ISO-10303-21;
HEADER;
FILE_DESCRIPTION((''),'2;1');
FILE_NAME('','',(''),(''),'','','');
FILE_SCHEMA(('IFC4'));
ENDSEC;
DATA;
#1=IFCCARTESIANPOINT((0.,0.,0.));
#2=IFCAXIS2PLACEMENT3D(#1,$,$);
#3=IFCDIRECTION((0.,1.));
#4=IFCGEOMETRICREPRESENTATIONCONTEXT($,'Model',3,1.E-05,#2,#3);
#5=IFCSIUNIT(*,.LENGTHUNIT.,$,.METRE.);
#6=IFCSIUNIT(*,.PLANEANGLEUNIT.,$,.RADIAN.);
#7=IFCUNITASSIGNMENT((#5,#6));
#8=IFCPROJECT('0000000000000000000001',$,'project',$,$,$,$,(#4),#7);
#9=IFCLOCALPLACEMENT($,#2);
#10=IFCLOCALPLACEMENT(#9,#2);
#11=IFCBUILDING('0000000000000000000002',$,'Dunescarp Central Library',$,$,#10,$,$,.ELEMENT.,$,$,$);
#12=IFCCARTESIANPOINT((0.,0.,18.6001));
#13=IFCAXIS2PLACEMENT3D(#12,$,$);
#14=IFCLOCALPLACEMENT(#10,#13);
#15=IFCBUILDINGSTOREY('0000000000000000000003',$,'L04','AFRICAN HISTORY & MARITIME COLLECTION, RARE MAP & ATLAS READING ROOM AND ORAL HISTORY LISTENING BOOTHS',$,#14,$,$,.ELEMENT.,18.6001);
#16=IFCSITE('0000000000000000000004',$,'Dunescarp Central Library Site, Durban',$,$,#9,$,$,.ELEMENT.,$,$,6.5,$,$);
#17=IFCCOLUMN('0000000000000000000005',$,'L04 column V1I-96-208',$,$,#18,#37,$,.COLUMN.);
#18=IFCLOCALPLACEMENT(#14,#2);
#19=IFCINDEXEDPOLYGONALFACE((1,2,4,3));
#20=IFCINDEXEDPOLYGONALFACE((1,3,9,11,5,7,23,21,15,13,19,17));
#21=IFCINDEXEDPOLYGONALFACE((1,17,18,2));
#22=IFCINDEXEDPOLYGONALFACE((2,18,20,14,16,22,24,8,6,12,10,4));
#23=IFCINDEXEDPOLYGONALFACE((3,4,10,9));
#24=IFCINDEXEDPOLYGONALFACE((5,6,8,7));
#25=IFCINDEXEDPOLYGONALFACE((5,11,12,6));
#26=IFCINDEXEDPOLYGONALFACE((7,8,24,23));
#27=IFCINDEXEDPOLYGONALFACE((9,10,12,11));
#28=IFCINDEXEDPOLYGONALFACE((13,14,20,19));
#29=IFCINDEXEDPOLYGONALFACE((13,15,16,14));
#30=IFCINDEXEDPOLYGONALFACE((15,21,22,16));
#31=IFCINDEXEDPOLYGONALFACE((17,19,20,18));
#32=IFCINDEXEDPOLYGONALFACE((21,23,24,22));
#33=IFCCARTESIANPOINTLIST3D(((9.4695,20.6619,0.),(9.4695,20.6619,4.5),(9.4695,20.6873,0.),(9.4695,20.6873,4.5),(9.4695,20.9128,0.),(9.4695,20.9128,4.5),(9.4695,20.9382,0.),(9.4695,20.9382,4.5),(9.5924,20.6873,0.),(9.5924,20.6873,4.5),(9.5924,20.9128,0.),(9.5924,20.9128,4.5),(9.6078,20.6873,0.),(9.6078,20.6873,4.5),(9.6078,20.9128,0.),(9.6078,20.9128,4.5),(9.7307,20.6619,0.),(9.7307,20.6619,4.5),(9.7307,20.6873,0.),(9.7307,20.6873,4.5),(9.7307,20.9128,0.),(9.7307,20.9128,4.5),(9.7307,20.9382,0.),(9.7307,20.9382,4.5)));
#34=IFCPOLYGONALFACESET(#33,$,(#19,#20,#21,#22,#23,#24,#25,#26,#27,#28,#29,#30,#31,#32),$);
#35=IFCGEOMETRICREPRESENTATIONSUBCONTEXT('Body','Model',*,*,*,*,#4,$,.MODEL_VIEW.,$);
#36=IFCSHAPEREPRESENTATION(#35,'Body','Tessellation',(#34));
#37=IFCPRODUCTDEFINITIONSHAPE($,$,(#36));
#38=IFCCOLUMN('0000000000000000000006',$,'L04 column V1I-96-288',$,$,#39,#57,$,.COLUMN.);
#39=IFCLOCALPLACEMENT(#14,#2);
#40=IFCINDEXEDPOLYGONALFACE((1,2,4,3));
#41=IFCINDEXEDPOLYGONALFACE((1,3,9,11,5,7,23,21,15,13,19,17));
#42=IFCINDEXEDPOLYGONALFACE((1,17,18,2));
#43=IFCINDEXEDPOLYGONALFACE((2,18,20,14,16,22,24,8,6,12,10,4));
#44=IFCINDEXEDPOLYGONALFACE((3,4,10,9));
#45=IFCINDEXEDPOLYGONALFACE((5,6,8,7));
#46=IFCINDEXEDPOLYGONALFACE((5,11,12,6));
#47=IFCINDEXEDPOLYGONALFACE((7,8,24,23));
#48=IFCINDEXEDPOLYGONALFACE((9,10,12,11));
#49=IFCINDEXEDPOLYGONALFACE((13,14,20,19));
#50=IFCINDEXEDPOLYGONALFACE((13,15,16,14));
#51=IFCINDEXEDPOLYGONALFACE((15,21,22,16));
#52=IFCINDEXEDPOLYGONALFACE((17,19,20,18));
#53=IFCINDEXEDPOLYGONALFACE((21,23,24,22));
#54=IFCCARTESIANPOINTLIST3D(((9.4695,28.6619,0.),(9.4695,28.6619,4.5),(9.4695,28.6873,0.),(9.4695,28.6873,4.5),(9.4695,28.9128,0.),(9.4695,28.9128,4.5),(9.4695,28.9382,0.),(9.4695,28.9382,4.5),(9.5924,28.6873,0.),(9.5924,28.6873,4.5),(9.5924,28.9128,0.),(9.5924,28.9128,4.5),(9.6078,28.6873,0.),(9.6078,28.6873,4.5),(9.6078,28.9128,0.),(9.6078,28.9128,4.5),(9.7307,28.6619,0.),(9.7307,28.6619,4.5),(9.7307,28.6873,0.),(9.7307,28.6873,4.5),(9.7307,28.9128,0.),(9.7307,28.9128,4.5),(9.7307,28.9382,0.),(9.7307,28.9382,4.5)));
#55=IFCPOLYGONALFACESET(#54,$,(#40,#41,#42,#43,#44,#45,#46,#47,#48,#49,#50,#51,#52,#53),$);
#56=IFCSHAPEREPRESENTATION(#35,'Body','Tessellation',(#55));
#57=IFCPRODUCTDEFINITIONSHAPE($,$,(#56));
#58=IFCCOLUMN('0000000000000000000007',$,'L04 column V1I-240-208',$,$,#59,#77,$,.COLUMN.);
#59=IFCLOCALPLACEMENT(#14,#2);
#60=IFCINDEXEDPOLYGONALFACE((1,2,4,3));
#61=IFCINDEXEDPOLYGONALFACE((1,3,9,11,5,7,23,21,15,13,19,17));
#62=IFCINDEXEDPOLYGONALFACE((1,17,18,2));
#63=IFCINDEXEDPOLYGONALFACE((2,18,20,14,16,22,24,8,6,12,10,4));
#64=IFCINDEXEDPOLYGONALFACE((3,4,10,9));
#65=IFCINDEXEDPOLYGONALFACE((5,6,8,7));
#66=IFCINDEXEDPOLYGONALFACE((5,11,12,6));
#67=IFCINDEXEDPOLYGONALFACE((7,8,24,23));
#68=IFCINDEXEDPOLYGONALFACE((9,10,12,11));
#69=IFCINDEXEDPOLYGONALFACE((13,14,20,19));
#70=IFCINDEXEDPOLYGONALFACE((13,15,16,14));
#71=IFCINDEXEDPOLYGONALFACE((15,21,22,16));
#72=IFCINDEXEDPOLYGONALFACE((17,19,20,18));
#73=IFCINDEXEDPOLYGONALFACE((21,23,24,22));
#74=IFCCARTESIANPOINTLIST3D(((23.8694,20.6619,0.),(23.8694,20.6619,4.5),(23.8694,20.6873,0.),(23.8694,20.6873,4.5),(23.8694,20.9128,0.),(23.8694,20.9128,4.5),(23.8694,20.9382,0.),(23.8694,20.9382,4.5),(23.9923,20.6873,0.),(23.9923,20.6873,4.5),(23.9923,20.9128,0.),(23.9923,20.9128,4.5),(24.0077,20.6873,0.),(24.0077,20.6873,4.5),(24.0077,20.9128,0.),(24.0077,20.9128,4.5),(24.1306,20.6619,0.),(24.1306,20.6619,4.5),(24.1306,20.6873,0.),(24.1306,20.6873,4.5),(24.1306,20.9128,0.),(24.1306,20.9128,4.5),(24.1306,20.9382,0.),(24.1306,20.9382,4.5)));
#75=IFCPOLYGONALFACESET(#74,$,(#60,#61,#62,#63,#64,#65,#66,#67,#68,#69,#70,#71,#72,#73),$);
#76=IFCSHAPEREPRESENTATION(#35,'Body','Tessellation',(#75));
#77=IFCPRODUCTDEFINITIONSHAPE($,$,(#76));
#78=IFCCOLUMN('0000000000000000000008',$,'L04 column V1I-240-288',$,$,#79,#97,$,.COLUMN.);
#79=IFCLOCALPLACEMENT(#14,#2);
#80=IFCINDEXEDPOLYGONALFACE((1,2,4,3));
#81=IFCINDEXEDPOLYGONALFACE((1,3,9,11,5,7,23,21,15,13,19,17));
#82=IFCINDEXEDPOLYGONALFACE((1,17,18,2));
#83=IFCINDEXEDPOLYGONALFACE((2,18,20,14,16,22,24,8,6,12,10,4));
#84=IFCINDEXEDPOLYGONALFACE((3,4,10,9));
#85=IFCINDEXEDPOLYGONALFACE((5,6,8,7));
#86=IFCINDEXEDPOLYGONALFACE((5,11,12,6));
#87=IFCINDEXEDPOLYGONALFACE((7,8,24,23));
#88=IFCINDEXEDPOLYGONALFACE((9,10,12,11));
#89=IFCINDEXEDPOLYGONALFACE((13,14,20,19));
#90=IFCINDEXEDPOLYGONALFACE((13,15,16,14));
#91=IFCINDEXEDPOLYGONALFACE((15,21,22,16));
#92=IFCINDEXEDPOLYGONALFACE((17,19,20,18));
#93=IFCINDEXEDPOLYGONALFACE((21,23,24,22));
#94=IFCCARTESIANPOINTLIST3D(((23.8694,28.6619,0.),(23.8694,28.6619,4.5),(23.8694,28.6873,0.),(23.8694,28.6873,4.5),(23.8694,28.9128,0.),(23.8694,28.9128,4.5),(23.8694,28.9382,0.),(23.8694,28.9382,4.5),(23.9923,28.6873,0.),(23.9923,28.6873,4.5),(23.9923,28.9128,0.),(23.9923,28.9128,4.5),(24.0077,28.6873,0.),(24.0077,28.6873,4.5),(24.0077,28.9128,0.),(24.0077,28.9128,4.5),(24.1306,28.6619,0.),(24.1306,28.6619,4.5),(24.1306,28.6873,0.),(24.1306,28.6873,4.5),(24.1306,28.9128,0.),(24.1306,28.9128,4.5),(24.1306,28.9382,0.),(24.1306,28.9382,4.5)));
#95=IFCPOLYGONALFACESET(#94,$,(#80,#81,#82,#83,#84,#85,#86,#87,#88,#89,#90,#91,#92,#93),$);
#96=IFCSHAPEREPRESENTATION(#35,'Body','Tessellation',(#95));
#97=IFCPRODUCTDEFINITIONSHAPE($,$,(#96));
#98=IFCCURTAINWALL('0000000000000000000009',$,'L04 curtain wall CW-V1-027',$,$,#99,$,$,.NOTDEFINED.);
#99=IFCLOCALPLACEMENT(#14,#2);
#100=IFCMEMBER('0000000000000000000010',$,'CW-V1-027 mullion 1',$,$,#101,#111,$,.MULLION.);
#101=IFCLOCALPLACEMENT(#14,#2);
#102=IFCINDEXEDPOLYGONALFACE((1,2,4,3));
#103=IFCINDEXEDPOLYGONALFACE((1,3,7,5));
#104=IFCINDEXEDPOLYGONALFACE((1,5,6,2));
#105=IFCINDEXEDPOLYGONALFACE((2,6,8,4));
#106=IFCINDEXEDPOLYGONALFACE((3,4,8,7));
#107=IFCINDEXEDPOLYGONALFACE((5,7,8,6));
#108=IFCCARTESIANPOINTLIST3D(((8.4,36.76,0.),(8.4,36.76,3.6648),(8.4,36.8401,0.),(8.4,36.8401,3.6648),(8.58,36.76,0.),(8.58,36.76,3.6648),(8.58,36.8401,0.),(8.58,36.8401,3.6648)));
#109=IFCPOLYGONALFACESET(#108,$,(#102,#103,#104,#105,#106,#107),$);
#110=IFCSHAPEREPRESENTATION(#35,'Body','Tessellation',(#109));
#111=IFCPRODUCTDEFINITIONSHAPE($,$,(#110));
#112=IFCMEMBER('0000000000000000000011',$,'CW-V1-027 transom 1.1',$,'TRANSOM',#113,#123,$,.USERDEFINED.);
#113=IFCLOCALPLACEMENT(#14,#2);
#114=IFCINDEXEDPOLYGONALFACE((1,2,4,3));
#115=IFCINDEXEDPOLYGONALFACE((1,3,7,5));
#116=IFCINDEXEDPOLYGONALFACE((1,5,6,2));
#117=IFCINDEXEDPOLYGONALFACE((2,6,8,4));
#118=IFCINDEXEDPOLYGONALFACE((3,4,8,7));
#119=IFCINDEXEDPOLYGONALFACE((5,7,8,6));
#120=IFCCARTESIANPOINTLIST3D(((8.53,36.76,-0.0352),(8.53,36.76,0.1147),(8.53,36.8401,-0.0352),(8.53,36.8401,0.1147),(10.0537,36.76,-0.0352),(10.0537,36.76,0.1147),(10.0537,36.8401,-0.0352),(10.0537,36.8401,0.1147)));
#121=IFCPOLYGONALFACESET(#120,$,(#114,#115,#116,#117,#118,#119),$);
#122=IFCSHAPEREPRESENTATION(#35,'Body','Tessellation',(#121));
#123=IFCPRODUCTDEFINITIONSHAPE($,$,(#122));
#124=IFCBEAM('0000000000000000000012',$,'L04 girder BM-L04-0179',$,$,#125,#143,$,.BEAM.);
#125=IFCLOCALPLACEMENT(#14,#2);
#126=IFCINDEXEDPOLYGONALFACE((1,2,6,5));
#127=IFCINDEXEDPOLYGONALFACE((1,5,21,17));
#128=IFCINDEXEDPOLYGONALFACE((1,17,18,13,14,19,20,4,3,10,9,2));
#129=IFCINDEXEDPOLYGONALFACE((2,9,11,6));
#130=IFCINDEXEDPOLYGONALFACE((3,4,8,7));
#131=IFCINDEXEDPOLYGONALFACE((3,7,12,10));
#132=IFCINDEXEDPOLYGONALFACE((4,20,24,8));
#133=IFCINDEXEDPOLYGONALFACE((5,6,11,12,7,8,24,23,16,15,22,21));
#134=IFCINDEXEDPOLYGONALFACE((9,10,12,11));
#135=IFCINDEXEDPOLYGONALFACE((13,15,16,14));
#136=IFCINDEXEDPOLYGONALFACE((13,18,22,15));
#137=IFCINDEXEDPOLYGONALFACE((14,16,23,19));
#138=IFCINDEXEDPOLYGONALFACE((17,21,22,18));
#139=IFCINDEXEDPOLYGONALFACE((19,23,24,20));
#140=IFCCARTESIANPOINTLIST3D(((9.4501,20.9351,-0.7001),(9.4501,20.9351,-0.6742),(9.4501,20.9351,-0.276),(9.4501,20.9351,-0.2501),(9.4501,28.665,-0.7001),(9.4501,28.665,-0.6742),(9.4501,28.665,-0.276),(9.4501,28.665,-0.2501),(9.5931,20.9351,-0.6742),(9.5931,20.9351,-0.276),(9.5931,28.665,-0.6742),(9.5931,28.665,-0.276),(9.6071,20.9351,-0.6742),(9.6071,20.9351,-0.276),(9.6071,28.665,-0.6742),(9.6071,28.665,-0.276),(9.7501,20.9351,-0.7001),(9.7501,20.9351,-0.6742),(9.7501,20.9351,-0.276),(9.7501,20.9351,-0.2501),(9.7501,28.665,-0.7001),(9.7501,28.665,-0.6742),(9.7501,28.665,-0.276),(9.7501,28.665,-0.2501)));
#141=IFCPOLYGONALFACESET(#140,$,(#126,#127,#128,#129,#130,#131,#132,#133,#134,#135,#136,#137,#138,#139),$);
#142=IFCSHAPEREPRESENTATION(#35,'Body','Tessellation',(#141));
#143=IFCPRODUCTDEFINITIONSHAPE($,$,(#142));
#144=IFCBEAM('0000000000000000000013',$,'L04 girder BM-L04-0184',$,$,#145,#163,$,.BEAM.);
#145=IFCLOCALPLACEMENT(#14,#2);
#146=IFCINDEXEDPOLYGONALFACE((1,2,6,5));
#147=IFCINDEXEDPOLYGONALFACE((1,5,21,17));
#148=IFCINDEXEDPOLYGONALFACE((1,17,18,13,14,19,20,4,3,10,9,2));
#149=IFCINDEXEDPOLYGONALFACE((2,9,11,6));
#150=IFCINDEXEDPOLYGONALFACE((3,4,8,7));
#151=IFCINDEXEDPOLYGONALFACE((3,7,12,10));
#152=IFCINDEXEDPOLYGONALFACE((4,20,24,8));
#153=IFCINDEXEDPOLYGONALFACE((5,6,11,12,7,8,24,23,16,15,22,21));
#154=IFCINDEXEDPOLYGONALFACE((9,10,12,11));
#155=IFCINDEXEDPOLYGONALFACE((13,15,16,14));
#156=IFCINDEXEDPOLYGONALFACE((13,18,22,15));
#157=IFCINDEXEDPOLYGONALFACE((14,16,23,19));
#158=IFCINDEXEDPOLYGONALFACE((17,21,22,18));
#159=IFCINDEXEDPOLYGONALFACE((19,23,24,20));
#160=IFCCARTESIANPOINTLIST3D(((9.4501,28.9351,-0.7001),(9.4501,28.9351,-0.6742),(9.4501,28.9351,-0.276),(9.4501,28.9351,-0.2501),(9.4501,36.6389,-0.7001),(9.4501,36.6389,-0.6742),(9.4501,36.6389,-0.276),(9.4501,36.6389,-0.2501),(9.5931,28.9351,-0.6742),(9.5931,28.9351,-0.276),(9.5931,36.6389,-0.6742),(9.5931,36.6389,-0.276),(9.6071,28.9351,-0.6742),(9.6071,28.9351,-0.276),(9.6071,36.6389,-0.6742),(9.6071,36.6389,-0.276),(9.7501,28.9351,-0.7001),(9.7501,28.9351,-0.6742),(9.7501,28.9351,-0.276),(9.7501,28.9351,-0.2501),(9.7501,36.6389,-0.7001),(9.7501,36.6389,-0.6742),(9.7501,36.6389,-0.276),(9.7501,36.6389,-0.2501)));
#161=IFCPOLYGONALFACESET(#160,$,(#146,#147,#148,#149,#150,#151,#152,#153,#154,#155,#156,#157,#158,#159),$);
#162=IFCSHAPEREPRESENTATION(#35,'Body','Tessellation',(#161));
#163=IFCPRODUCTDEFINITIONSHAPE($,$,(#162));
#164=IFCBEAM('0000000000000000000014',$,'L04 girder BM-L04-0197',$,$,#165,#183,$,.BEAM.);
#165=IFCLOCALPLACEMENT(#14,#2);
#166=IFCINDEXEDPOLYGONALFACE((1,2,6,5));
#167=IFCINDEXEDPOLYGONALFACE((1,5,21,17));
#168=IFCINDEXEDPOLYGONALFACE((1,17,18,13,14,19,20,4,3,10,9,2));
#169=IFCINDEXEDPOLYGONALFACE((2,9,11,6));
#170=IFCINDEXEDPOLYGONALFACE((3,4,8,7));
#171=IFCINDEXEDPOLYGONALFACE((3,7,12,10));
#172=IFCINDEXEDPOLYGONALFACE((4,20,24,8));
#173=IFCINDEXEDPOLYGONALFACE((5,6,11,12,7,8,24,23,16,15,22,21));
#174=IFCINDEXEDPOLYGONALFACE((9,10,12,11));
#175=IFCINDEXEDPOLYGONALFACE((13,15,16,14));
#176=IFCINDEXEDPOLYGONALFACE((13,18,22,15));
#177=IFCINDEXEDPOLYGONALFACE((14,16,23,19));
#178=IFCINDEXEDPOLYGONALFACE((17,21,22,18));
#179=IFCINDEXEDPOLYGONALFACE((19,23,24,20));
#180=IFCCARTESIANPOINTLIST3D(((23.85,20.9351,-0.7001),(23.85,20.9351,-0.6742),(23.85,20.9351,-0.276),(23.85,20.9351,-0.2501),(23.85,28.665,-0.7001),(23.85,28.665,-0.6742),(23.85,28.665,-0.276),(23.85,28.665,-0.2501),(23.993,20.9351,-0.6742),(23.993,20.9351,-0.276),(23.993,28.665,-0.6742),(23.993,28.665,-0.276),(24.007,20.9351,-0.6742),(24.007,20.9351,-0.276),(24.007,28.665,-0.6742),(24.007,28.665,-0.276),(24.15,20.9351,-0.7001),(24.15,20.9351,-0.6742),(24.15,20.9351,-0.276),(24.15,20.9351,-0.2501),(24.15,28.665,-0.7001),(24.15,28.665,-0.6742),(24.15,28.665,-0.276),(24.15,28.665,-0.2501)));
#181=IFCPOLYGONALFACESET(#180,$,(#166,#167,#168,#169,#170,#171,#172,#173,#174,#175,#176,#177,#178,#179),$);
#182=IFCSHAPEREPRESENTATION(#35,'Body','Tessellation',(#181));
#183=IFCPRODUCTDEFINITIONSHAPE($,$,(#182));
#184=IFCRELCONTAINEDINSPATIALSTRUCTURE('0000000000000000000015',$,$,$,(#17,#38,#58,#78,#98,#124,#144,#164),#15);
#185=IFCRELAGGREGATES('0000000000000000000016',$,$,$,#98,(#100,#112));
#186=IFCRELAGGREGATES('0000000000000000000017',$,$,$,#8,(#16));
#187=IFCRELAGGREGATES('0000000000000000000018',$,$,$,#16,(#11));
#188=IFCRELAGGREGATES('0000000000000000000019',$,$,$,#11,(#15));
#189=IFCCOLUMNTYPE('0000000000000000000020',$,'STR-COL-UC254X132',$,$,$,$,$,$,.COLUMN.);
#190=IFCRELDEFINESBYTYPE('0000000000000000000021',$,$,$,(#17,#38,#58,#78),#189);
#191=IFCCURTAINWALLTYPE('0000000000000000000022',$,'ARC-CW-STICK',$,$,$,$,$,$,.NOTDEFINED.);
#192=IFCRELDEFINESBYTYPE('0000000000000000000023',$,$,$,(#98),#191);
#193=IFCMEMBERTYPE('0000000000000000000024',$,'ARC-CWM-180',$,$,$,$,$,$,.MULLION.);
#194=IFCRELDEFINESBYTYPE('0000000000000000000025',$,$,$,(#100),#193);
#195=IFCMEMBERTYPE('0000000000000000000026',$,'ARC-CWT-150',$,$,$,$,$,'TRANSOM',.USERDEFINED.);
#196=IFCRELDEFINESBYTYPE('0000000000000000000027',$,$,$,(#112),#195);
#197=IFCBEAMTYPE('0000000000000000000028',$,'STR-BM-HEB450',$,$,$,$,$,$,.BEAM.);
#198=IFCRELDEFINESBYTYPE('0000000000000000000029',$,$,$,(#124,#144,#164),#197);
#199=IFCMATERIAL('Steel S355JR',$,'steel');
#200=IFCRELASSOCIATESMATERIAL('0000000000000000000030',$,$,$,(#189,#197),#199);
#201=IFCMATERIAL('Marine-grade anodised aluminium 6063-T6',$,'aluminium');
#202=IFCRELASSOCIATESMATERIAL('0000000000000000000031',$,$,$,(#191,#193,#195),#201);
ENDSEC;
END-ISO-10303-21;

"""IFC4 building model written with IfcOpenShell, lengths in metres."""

from ifc_helpers import new_model, si_unit, direction, frame, origin, origin_2d, place, context, subcontext, project, spatial, rectangle, i_section, extrude, material, material_profile, profile_set, type_object, element, aggregate, save


model = new_model("IFC4")

# Units and contexts
model_context = context("Model", 3, precision=1e-05, world=origin(), true_north=direction((0.0, 1.0)))
body_context = subcontext(model_context, "Body", "Model", "MODEL_VIEW")
ifc_project = project(units=[si_unit("LENGTHUNIT", "METRE"), si_unit("PLANEANGLEUNIT", "RADIAN")], contexts=[model_context])

# Site, building, storey
site_placement = place(None, origin())
site = spatial("IfcSite", under=ifc_project, at=site_placement, Name="Dunescarp Central Library Site, Durban", CompositionType="ELEMENT", RefElevation=6.5)
building_placement = place(site_placement, origin())
building = spatial("IfcBuilding", under=site, at=building_placement, Name="Dunescarp Central Library", CompositionType="ELEMENT")
storey_placement = place(building_placement, frame((0.0, 0.0, 18.6001)))
storey = spatial("IfcBuildingStorey", under=building, at=storey_placement, Name="L04", Description="AFRICAN HISTORY & MARITIME COLLECTION, RARE MAP & ATLAS READING ROOM AND ORAL HISTORY LISTENING BOOTHS", CompositionType="ELEMENT", Elevation=18.6001)

# Columns
ifc_material_1 = material(Name="Steel S355JR", Category="steel")
ifc_material_profile_1 = material_profile(ifc_material_1, i_section(OverallWidth=0.2612, OverallDepth=0.2764, WebThickness=0.0154, FlangeThickness=0.0254, at=origin_2d()), Name="UC 254x254x132")
ifc_profile_set_1 = profile_set([ifc_material_profile_1], Name="Steel S355JR")
column_type = type_object("IfcColumnType", Name="STR-COL-UC254X132", PredefinedType="COLUMN", material=ifc_profile_set_1)
for number, where, z_axis, x_axis, name in (
    (1, (9.6001, 20.8, 0.0), (0.0, 0.0, 1.0), (1.0, 0.0, 0.0), "L04 column V1I-96-208"),
    (2, (9.6001, 28.8, 0.0), (0.0, 0.0, 1.0), (1.0, 0.0, 0.0), "L04 column V1I-96-288"),
    (3, (24.0, 20.8, 0.0), (0.0, 0.0, 1.0), (1.0, 0.0, 0.0), "L04 column V1I-240-208"),
    (4, (24.0, 28.8, 0.0), (0.0, 0.0, 1.0), (1.0, 0.0, 0.0), "L04 column V1I-240-288"),
):
    element("IfcColumn", number, at=place(storey_placement, frame(where, z_axis=z_axis, x_axis=x_axis)), inside=storey, type_object=column_type, Name=name, PredefinedType="COLUMN", context=body_context, shape_type="SweptSolid", body=[
        extrude(i_section(OverallWidth=0.2612, OverallDepth=0.2764, WebThickness=0.0154, FlangeThickness=0.0254, at=origin_2d()), origin(), (0.0, 0.0, 1.0), 4.5),
    ])

# Curtain wall, members
ifc_material_2 = material(Name="Marine-grade anodised aluminium 6063-T6", Category="aluminium")
curtain_wall_type = type_object("IfcCurtainWallType", Name="ARC-CW-STICK", PredefinedType="NOTDEFINED", material=ifc_material_2)
curtain_wall_placement = place(storey_placement, origin())
curtain_wall = element("IfcCurtainWall", 5, at=curtain_wall_placement, inside=storey, type_object=curtain_wall_type, Name="L04 curtain wall CW-V1-027", PredefinedType="NOTDEFINED")
ifc_material_profile_2 = material_profile(ifc_material_2, rectangle(XDim=0.0801, YDim=0.1799, at=origin_2d()), Name="AL 80x180")
ifc_profile_set_2 = profile_set([ifc_material_profile_2], Name="Marine-grade anodised aluminium 6063-T6")
member_type_1 = type_object("IfcMemberType", Name="ARC-CWM-180", PredefinedType="MULLION", material=ifc_profile_set_2)
member_1_placement = place(storey_placement, frame((8.49, 36.8, 0.0), z_axis=(0.0, 0.0, 1.0), x_axis=(0.0, 1.0, 0.0)))
member_1 = element("IfcMember", 6, at=member_1_placement, type_object=member_type_1, Name="CW-V1-027 mullion 1", PredefinedType="MULLION", context=body_context, shape_type="SweptSolid", body=[
    extrude(rectangle(XDim=0.0801, YDim=0.1799, at=origin_2d()), origin(), (0.0, 0.0, 1.0), 3.6648),
])
ifc_material_profile_3 = material_profile(ifc_material_2, rectangle(XDim=0.0801, YDim=0.1499, at=origin_2d()), Name="AL 80x150")
ifc_profile_set_3 = profile_set([ifc_material_profile_3], Name="Marine-grade anodised aluminium 6063-T6")
member_type_2 = type_object("IfcMemberType", Name="ARC-CWT-150", ElementType="TRANSOM", PredefinedType="USERDEFINED", material=ifc_profile_set_3)
member_2_placement = place(storey_placement, frame((8.53, 36.8, 0.0398), z_axis=(1.0, 0.0, 0.0), x_axis=(0.0, 1.0, 0.0)))
member_2 = element("IfcMember", 7, at=member_2_placement, type_object=member_type_2, Name="CW-V1-027 transom 1.1", ObjectType="TRANSOM", PredefinedType="USERDEFINED", context=body_context, shape_type="SweptSolid", body=[
    extrude(rectangle(XDim=0.0801, YDim=0.1499, at=origin_2d()), origin(), (0.0, 0.0, 1.0), 1.5237),
])
aggregate(curtain_wall, [member_1, member_2])

# Beams
ifc_material_profile_4 = material_profile(ifc_material_1, i_section(OverallWidth=0.3, OverallDepth=0.45, WebThickness=0.0139, FlangeThickness=0.0259, at=origin_2d()), Name="HEB 450")
ifc_profile_set_4 = profile_set([ifc_material_profile_4], Name="Steel S355JR")
beam_type_1 = type_object("IfcBeamType", Name="STR-BM-HEB450", PredefinedType="BEAM", material=ifc_profile_set_4)
beam_1_placement = place(storey_placement, frame((9.6001, 20.9351, -0.4751), z_axis=(0.0, 1.0, 0.0), x_axis=(-1.0, 0.0, 0.0)))
element("IfcBeam", 8, at=beam_1_placement, inside=storey, type_object=beam_type_1, Name="L04 girder BM-L04-0179", PredefinedType="BEAM", context=body_context, shape_type="SweptSolid", body=[
    extrude(i_section(OverallWidth=0.3, OverallDepth=0.45, WebThickness=0.0139, FlangeThickness=0.0259, at=origin_2d()), origin(), (0.0, 0.0, 1.0), 7.73),
])
beam_2_placement = place(storey_placement, frame((9.6001, 28.9351, -0.4751), z_axis=(0.0, 1.0, 0.0), x_axis=(-1.0, 0.0, 0.0)))
element("IfcBeam", 9, at=beam_2_placement, inside=storey, type_object=beam_type_1, Name="L04 girder BM-L04-0184", PredefinedType="BEAM", context=body_context, shape_type="SweptSolid", body=[
    extrude(i_section(OverallWidth=0.3, OverallDepth=0.45, WebThickness=0.0139, FlangeThickness=0.0259, at=origin_2d()), origin(), (0.0, 0.0, 1.0), 7.7039),
])
beam_3_placement = place(storey_placement, frame((24.0, 20.9351, -0.4751), z_axis=(0.0, 1.0, 0.0), x_axis=(-1.0, 0.0, 0.0)))
element("IfcBeam", 10, at=beam_3_placement, inside=storey, type_object=beam_type_1, Name="L04 girder BM-L04-0197", PredefinedType="BEAM", context=body_context, shape_type="SweptSolid", body=[
    extrude(i_section(OverallWidth=0.3, OverallDepth=0.45, WebThickness=0.0139, FlangeThickness=0.0259, at=origin_2d()), origin(), (0.0, 0.0, 1.0), 7.73),
])

save(model, "model.ifc")
